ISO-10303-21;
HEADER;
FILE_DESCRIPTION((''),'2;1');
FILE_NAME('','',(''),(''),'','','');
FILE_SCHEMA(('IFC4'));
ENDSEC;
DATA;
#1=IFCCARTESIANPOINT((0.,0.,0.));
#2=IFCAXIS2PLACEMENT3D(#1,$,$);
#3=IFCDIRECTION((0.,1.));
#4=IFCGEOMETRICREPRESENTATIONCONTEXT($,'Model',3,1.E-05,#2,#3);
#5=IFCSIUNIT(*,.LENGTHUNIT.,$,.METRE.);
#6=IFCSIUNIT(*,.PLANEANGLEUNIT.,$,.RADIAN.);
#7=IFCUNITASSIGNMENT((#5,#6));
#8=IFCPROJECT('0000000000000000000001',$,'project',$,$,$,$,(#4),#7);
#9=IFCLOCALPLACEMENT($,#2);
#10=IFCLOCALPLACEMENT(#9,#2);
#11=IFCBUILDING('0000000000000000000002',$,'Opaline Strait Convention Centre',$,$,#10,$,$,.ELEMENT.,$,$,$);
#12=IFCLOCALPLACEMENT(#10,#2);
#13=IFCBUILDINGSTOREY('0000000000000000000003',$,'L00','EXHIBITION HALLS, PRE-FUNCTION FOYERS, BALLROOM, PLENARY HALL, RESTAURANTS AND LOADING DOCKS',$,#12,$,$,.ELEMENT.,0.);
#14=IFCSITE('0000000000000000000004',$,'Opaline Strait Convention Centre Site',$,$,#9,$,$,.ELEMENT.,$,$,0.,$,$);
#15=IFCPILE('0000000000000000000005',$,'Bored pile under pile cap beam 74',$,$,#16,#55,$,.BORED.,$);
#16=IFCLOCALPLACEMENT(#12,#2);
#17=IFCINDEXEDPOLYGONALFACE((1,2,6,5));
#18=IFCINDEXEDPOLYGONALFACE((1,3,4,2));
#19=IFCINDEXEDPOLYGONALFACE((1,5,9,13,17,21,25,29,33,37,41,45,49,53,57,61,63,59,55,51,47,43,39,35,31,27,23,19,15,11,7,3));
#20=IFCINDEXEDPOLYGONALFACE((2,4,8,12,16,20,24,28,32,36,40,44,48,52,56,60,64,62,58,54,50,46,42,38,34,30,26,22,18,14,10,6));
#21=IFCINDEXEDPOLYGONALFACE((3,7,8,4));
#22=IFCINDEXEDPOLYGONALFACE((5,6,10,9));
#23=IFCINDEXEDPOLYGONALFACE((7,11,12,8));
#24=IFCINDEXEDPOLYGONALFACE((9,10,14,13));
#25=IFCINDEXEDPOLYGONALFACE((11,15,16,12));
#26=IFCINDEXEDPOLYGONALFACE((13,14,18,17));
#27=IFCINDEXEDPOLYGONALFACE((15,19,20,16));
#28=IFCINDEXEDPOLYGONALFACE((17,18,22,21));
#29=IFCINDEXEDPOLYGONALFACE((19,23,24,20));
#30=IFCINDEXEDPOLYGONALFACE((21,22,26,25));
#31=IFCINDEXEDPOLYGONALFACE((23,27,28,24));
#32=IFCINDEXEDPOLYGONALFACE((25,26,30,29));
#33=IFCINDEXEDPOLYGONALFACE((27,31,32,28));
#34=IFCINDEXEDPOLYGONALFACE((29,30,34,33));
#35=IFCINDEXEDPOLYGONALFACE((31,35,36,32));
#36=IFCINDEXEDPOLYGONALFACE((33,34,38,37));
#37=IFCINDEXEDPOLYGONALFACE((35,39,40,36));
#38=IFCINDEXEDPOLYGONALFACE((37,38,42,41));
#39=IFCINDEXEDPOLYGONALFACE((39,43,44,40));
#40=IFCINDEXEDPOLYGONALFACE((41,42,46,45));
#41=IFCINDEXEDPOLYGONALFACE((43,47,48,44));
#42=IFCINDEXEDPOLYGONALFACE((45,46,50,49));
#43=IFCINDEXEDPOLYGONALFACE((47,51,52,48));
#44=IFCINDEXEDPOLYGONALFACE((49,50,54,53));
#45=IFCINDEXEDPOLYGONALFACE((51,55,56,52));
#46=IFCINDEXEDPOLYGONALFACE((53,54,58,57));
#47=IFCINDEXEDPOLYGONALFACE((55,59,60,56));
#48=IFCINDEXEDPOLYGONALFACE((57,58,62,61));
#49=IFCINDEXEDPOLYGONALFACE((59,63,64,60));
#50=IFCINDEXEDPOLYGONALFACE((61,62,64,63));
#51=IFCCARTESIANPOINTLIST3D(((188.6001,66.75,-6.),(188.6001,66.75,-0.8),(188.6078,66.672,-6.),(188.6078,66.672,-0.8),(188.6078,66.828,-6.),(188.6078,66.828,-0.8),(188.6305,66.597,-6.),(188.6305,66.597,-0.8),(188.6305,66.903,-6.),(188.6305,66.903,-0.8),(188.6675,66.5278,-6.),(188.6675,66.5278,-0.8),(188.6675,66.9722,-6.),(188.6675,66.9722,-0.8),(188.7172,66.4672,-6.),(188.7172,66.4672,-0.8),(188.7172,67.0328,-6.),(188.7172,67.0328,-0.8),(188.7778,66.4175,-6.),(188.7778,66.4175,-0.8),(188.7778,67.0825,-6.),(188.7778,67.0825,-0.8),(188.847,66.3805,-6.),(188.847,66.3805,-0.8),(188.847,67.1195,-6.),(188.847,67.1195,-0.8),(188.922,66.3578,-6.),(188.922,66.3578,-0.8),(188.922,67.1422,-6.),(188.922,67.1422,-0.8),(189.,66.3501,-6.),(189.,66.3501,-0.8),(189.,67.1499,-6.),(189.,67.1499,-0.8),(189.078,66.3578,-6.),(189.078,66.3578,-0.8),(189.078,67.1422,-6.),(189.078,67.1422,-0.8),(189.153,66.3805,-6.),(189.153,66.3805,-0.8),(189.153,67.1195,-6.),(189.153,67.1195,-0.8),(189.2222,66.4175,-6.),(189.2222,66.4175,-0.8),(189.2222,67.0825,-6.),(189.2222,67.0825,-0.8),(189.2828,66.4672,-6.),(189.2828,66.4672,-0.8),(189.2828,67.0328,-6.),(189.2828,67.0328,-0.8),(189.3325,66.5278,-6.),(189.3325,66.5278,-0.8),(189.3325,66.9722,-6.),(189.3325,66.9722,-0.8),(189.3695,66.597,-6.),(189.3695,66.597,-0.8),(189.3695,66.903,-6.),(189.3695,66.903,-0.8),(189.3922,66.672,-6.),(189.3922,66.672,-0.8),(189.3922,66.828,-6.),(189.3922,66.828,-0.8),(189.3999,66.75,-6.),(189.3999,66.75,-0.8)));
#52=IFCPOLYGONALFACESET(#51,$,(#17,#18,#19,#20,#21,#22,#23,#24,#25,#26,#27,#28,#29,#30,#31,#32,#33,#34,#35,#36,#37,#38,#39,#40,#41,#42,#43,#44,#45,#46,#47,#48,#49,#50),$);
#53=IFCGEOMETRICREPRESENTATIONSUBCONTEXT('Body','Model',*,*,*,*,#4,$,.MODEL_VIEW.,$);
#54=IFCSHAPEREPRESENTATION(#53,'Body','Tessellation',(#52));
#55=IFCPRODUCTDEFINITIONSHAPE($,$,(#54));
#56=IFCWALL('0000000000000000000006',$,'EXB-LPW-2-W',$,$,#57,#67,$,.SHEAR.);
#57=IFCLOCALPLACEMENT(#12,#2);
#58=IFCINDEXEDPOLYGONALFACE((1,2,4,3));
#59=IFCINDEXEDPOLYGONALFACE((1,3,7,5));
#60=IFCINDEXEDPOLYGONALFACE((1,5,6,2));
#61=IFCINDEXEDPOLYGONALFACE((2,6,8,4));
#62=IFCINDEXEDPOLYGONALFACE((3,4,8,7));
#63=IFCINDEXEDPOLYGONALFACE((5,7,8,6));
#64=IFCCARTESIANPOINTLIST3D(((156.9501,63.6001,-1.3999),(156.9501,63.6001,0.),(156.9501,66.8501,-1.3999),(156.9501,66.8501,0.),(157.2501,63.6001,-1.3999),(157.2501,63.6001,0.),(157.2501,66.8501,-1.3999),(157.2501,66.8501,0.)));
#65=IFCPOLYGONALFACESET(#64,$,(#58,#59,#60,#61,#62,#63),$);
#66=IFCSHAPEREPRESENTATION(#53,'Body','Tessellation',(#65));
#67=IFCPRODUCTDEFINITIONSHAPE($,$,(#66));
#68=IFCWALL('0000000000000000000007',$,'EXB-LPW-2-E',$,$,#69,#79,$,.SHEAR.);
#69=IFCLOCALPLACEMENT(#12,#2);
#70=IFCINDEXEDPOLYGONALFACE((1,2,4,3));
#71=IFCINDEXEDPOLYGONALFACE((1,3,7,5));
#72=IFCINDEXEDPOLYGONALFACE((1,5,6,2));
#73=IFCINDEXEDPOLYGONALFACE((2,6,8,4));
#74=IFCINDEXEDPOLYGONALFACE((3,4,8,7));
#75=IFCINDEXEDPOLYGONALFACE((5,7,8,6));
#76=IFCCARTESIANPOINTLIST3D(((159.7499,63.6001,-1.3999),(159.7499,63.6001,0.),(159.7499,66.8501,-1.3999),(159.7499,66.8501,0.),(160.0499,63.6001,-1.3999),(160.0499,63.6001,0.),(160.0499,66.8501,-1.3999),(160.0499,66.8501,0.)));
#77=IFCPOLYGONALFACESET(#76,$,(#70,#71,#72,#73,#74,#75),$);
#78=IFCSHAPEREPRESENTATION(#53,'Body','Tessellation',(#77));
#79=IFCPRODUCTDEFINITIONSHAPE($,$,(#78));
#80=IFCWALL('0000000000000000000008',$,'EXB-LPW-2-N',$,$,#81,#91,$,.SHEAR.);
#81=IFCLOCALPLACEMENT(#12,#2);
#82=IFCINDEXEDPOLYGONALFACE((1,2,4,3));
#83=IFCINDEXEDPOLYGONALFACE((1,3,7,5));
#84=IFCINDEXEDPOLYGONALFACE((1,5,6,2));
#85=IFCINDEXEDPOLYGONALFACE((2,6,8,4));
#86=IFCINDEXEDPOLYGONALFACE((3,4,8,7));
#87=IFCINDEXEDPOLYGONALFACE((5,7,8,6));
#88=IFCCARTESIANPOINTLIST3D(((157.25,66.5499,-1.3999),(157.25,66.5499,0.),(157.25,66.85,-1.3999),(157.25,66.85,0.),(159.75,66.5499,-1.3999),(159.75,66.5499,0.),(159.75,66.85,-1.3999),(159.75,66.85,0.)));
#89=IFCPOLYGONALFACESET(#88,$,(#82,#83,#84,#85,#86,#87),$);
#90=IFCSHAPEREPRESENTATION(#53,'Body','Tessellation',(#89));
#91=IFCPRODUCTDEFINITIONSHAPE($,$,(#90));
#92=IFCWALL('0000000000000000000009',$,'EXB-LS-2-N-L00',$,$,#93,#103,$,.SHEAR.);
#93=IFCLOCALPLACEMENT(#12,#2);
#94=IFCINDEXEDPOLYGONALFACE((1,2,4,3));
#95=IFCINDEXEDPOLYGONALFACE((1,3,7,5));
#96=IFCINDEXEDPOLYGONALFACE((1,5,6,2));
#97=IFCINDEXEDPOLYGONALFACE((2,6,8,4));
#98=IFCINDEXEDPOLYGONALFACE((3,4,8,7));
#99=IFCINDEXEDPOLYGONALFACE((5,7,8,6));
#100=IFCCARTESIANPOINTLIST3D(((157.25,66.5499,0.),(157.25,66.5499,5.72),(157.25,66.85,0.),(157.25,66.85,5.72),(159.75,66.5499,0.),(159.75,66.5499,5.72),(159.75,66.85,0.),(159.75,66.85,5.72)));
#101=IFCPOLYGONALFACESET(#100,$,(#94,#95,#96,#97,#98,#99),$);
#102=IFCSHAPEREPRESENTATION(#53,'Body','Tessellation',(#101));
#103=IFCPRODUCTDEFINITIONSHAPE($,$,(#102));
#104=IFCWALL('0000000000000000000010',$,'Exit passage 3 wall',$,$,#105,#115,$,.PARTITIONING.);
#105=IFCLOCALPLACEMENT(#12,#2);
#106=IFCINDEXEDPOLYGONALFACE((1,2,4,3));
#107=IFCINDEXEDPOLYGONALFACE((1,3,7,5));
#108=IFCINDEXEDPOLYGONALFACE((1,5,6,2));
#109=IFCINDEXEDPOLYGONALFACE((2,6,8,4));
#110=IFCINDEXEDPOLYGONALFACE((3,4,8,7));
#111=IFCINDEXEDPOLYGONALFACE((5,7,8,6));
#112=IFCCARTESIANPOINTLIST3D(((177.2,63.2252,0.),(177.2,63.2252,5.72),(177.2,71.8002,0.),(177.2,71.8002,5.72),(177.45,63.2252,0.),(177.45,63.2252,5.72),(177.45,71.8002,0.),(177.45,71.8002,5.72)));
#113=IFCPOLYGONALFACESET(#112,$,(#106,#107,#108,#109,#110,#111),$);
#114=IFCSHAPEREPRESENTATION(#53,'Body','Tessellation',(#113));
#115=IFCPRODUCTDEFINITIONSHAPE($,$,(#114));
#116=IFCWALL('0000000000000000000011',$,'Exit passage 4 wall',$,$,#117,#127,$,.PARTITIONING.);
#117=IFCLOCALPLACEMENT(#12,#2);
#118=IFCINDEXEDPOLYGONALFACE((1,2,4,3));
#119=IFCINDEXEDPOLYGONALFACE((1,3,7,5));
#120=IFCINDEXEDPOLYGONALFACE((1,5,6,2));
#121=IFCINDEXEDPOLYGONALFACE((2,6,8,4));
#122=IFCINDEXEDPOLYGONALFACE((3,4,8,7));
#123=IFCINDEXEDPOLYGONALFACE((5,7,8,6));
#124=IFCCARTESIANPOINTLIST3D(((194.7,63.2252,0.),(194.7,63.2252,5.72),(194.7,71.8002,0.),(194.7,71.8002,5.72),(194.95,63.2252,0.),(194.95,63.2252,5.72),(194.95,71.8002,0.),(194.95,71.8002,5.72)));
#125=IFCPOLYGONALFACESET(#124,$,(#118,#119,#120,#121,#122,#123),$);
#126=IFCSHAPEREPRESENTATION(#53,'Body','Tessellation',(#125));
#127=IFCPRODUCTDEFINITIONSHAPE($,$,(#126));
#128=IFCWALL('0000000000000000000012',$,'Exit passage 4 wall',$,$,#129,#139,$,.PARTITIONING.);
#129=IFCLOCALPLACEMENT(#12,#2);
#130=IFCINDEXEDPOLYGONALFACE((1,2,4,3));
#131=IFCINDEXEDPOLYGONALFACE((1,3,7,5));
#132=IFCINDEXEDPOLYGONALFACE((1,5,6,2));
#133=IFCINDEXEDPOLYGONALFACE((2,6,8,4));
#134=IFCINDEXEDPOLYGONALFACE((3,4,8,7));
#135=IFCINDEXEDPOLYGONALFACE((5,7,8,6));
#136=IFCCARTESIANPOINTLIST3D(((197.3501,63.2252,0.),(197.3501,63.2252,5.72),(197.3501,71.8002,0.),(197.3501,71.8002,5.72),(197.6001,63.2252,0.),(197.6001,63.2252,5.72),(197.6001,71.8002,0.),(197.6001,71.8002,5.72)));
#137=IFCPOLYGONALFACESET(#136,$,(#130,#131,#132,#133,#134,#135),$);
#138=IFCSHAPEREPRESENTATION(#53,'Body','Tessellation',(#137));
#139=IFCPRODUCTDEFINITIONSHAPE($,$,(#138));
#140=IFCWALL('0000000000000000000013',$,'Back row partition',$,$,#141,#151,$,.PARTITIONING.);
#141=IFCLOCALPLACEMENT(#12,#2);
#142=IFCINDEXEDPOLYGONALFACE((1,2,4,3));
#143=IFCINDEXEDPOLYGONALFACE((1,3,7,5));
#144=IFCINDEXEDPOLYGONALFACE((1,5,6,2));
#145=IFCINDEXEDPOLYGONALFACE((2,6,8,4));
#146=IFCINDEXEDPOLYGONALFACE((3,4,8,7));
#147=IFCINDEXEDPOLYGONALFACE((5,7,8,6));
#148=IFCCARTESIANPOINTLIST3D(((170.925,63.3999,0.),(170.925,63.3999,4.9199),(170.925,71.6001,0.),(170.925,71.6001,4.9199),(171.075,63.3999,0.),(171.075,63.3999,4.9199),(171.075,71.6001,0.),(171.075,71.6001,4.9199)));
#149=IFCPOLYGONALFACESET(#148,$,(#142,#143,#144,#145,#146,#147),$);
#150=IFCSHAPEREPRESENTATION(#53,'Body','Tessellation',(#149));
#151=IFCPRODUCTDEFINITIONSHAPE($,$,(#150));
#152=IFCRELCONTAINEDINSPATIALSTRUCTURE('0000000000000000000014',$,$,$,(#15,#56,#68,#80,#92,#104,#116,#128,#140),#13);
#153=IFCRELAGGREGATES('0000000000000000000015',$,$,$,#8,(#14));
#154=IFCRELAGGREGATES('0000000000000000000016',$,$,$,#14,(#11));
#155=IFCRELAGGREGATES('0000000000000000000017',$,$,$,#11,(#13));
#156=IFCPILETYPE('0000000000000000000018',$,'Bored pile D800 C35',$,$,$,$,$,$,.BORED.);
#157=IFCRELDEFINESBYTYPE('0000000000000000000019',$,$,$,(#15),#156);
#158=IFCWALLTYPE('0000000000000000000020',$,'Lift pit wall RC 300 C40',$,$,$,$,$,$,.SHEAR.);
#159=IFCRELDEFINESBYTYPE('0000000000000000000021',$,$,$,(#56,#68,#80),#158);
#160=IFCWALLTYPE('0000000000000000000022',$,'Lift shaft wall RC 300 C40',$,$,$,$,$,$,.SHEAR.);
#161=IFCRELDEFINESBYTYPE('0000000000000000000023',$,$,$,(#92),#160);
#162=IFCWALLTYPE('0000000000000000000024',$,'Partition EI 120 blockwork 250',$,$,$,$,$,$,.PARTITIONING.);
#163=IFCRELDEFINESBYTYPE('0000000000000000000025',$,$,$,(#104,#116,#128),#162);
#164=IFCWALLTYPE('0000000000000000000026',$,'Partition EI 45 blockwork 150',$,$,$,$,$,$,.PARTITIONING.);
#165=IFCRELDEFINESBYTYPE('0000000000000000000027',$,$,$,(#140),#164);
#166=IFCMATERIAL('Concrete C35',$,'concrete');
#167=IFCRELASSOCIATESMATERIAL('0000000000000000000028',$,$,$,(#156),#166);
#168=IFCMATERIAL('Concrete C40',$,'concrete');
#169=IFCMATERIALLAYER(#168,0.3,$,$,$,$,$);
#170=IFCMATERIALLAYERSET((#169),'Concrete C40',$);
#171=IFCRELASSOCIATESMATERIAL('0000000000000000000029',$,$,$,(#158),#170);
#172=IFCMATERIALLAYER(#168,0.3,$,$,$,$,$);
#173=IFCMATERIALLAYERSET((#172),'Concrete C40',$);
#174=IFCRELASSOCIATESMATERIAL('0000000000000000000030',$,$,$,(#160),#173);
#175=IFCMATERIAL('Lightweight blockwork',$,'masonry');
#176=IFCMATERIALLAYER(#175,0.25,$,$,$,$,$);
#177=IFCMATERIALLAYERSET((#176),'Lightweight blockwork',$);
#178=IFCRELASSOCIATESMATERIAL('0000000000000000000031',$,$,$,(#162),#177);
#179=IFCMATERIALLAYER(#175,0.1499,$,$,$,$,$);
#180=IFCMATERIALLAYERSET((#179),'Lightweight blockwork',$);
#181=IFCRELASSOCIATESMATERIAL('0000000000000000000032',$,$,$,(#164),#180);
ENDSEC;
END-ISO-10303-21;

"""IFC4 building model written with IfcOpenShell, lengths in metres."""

from ifc_helpers import new_model, si_unit, direction, frame, frame_2d, origin, origin_2d, place, context, subcontext, project, spatial, rectangle, circle, extrude, material, layer, layer_set, material_profile, profile_set, type_object, element, save


model = new_model("IFC4")

# Units and contexts
model_context = context("Model", 3, precision=1e-05, world=origin(), true_north=direction((0.0, 1.0)))
body_context = subcontext(model_context, "Body", "Model", "MODEL_VIEW")
ifc_project = project(units=[si_unit("LENGTHUNIT", "METRE"), si_unit("PLANEANGLEUNIT", "RADIAN")], contexts=[model_context])

# Site, building, storey
site_placement = place(None, origin())
site = spatial("IfcSite", under=ifc_project, at=site_placement, Name="Opaline Strait Convention Centre Site", CompositionType="ELEMENT", RefElevation=0.0)
building_placement = place(site_placement, origin())
building = spatial("IfcBuilding", under=site, at=building_placement, Name="Opaline Strait Convention Centre", CompositionType="ELEMENT")
storey_placement = place(building_placement, origin())
storey = spatial("IfcBuildingStorey", under=building, at=storey_placement, Name="L00", Description="EXHIBITION HALLS, PRE-FUNCTION FOYERS, BALLROOM, PLENARY HALL, RESTAURANTS AND LOADING DOCKS", CompositionType="ELEMENT", Elevation=0.0)

# Pile
ifc_material_1 = material(Name="Concrete C35", Category="concrete")
ifc_material_profile = material_profile(ifc_material_1, circle(Radius=0.3999, at=origin_2d()), Name="D800")
ifc_profile_set = profile_set([ifc_material_profile], Name="Concrete C35")
pile_type = type_object("IfcPileType", Name="Bored pile D800 C35", PredefinedType="BORED", material=ifc_profile_set)
for number, where, z_axis, x_axis, name in (
    (1, (189.0, 66.75, -0.8), (0.0, 0.0, -1.0), (1.0, 0.0, 0.0), "Bored pile under pile cap beam 74"),
):
    element("IfcPile", number, at=place(storey_placement, frame(where, z_axis=z_axis, x_axis=x_axis)), inside=storey, type_object=pile_type, Name=name, PredefinedType="BORED", context=body_context, shape_type="SweptSolid", body=[
        extrude(circle(Radius=0.3999, at=origin_2d()), origin(), (0.0, 0.0, 1.0), 5.2),
    ])

# Walls
ifc_material_2 = material(Name="Concrete C40", Category="concrete")
ifc_layer_1 = layer(ifc_material_2, 0.3)
ifc_layer_set_1 = layer_set([ifc_layer_1], Name="Concrete C40")
wall_type_1 = type_object("IfcWallType", Name="Lift pit wall RC 300 C40", PredefinedType="SHEAR", material=ifc_layer_set_1)
for number, where, z_axis, x_axis, name in (
    (2, (157.1001, 63.6001, -1.3999), (0.0, 0.0, 1.0), (0.0, 1.0, 0.0), "EXB-LPW-2-W"),
    (3, (159.8999, 63.6001, -1.3999), (0.0, 0.0, 1.0), (0.0, 1.0, 0.0), "EXB-LPW-2-E"),
):
    element("IfcWall", number, at=place(storey_placement, frame(where, z_axis=z_axis, x_axis=x_axis)), inside=storey, type_object=wall_type_1, Name=name, PredefinedType="SHEAR", context=body_context, shape_type="SweptSolid", body=[
        extrude(rectangle(XDim=3.25, YDim=0.3, at=frame_2d((1.625, 0.0))), origin(), (0.0, 0.0, 1.0), 1.3999),
    ])
wall_1_placement = place(storey_placement, frame((157.25, 66.7, -1.3999), z_axis=(0.0, 0.0, 1.0), x_axis=(1.0, 0.0, 0.0)))
element("IfcWall", 4, at=wall_1_placement, inside=storey, type_object=wall_type_1, Name="EXB-LPW-2-N", PredefinedType="SHEAR", context=body_context, shape_type="SweptSolid", body=[
    extrude(rectangle(XDim=2.5, YDim=0.3, at=frame_2d((1.25, 0.0))), origin(), (0.0, 0.0, 1.0), 1.3999),
])
ifc_layer_2 = layer(ifc_material_2, 0.3)
ifc_layer_set_2 = layer_set([ifc_layer_2], Name="Concrete C40")
wall_type_2 = type_object("IfcWallType", Name="Lift shaft wall RC 300 C40", PredefinedType="SHEAR", material=ifc_layer_set_2)
wall_2_placement = place(storey_placement, frame((157.25, 66.7, 0.0), z_axis=(0.0, 0.0, 1.0), x_axis=(1.0, 0.0, 0.0)))
element("IfcWall", 5, at=wall_2_placement, inside=storey, type_object=wall_type_2, Name="EXB-LS-2-N-L00", PredefinedType="SHEAR", context=body_context, shape_type="SweptSolid", body=[
    extrude(rectangle(XDim=2.5, YDim=0.3, at=frame_2d((1.25, 0.0))), origin(), (0.0, 0.0, 1.0), 5.72),
])
ifc_material_3 = material(Name="Lightweight blockwork", Category="masonry")
ifc_layer_3 = layer(ifc_material_3, 0.25)
ifc_layer_set_3 = layer_set([ifc_layer_3], Name="Lightweight blockwork")
wall_type_3 = type_object("IfcWallType", Name="Partition EI 120 blockwork 250", PredefinedType="PARTITIONING", material=ifc_layer_set_3)
for number, where, z_axis, x_axis, name in (
    (6, (177.325, 63.2251, 0.0), (0.0, 0.0, 1.0), (0.0, 1.0, 0.0), "Exit passage 3 wall"),
    (7, (194.825, 63.2251, 0.0), (0.0, 0.0, 1.0), (0.0, 1.0, 0.0), "Exit passage 4 wall"),
    (8, (197.4751, 63.2251, 0.0), (0.0, 0.0, 1.0), (0.0, 1.0, 0.0), "Exit passage 4 wall"),
):
    element("IfcWall", number, at=place(storey_placement, frame(where, z_axis=z_axis, x_axis=x_axis)), inside=storey, type_object=wall_type_3, Name=name, PredefinedType="PARTITIONING", context=body_context, shape_type="SweptSolid", body=[
        extrude(rectangle(XDim=8.575, YDim=0.25, at=frame_2d((4.2876, 0.0))), origin(), (0.0, 0.0, 1.0), 5.72),
    ])
ifc_layer_4 = layer(ifc_material_3, 0.1499)
ifc_layer_set_4 = layer_set([ifc_layer_4], Name="Lightweight blockwork")
wall_type_4 = type_object("IfcWallType", Name="Partition EI 45 blockwork 150", PredefinedType="PARTITIONING", material=ifc_layer_set_4)
wall_3_placement = place(storey_placement, frame((171.0, 63.3999, 0.0), z_axis=(0.0, 0.0, 1.0), x_axis=(0.0, 1.0, 0.0)))
element("IfcWall", 9, at=wall_3_placement, inside=storey, type_object=wall_type_4, Name="Back row partition", PredefinedType="PARTITIONING", context=body_context, shape_type="SweptSolid", body=[
    extrude(rectangle(XDim=8.2002, YDim=0.1499, at=frame_2d((4.1001, 0.0))), origin(), (0.0, 0.0, 1.0), 4.9199),
])

save(model, "model.ifc")
